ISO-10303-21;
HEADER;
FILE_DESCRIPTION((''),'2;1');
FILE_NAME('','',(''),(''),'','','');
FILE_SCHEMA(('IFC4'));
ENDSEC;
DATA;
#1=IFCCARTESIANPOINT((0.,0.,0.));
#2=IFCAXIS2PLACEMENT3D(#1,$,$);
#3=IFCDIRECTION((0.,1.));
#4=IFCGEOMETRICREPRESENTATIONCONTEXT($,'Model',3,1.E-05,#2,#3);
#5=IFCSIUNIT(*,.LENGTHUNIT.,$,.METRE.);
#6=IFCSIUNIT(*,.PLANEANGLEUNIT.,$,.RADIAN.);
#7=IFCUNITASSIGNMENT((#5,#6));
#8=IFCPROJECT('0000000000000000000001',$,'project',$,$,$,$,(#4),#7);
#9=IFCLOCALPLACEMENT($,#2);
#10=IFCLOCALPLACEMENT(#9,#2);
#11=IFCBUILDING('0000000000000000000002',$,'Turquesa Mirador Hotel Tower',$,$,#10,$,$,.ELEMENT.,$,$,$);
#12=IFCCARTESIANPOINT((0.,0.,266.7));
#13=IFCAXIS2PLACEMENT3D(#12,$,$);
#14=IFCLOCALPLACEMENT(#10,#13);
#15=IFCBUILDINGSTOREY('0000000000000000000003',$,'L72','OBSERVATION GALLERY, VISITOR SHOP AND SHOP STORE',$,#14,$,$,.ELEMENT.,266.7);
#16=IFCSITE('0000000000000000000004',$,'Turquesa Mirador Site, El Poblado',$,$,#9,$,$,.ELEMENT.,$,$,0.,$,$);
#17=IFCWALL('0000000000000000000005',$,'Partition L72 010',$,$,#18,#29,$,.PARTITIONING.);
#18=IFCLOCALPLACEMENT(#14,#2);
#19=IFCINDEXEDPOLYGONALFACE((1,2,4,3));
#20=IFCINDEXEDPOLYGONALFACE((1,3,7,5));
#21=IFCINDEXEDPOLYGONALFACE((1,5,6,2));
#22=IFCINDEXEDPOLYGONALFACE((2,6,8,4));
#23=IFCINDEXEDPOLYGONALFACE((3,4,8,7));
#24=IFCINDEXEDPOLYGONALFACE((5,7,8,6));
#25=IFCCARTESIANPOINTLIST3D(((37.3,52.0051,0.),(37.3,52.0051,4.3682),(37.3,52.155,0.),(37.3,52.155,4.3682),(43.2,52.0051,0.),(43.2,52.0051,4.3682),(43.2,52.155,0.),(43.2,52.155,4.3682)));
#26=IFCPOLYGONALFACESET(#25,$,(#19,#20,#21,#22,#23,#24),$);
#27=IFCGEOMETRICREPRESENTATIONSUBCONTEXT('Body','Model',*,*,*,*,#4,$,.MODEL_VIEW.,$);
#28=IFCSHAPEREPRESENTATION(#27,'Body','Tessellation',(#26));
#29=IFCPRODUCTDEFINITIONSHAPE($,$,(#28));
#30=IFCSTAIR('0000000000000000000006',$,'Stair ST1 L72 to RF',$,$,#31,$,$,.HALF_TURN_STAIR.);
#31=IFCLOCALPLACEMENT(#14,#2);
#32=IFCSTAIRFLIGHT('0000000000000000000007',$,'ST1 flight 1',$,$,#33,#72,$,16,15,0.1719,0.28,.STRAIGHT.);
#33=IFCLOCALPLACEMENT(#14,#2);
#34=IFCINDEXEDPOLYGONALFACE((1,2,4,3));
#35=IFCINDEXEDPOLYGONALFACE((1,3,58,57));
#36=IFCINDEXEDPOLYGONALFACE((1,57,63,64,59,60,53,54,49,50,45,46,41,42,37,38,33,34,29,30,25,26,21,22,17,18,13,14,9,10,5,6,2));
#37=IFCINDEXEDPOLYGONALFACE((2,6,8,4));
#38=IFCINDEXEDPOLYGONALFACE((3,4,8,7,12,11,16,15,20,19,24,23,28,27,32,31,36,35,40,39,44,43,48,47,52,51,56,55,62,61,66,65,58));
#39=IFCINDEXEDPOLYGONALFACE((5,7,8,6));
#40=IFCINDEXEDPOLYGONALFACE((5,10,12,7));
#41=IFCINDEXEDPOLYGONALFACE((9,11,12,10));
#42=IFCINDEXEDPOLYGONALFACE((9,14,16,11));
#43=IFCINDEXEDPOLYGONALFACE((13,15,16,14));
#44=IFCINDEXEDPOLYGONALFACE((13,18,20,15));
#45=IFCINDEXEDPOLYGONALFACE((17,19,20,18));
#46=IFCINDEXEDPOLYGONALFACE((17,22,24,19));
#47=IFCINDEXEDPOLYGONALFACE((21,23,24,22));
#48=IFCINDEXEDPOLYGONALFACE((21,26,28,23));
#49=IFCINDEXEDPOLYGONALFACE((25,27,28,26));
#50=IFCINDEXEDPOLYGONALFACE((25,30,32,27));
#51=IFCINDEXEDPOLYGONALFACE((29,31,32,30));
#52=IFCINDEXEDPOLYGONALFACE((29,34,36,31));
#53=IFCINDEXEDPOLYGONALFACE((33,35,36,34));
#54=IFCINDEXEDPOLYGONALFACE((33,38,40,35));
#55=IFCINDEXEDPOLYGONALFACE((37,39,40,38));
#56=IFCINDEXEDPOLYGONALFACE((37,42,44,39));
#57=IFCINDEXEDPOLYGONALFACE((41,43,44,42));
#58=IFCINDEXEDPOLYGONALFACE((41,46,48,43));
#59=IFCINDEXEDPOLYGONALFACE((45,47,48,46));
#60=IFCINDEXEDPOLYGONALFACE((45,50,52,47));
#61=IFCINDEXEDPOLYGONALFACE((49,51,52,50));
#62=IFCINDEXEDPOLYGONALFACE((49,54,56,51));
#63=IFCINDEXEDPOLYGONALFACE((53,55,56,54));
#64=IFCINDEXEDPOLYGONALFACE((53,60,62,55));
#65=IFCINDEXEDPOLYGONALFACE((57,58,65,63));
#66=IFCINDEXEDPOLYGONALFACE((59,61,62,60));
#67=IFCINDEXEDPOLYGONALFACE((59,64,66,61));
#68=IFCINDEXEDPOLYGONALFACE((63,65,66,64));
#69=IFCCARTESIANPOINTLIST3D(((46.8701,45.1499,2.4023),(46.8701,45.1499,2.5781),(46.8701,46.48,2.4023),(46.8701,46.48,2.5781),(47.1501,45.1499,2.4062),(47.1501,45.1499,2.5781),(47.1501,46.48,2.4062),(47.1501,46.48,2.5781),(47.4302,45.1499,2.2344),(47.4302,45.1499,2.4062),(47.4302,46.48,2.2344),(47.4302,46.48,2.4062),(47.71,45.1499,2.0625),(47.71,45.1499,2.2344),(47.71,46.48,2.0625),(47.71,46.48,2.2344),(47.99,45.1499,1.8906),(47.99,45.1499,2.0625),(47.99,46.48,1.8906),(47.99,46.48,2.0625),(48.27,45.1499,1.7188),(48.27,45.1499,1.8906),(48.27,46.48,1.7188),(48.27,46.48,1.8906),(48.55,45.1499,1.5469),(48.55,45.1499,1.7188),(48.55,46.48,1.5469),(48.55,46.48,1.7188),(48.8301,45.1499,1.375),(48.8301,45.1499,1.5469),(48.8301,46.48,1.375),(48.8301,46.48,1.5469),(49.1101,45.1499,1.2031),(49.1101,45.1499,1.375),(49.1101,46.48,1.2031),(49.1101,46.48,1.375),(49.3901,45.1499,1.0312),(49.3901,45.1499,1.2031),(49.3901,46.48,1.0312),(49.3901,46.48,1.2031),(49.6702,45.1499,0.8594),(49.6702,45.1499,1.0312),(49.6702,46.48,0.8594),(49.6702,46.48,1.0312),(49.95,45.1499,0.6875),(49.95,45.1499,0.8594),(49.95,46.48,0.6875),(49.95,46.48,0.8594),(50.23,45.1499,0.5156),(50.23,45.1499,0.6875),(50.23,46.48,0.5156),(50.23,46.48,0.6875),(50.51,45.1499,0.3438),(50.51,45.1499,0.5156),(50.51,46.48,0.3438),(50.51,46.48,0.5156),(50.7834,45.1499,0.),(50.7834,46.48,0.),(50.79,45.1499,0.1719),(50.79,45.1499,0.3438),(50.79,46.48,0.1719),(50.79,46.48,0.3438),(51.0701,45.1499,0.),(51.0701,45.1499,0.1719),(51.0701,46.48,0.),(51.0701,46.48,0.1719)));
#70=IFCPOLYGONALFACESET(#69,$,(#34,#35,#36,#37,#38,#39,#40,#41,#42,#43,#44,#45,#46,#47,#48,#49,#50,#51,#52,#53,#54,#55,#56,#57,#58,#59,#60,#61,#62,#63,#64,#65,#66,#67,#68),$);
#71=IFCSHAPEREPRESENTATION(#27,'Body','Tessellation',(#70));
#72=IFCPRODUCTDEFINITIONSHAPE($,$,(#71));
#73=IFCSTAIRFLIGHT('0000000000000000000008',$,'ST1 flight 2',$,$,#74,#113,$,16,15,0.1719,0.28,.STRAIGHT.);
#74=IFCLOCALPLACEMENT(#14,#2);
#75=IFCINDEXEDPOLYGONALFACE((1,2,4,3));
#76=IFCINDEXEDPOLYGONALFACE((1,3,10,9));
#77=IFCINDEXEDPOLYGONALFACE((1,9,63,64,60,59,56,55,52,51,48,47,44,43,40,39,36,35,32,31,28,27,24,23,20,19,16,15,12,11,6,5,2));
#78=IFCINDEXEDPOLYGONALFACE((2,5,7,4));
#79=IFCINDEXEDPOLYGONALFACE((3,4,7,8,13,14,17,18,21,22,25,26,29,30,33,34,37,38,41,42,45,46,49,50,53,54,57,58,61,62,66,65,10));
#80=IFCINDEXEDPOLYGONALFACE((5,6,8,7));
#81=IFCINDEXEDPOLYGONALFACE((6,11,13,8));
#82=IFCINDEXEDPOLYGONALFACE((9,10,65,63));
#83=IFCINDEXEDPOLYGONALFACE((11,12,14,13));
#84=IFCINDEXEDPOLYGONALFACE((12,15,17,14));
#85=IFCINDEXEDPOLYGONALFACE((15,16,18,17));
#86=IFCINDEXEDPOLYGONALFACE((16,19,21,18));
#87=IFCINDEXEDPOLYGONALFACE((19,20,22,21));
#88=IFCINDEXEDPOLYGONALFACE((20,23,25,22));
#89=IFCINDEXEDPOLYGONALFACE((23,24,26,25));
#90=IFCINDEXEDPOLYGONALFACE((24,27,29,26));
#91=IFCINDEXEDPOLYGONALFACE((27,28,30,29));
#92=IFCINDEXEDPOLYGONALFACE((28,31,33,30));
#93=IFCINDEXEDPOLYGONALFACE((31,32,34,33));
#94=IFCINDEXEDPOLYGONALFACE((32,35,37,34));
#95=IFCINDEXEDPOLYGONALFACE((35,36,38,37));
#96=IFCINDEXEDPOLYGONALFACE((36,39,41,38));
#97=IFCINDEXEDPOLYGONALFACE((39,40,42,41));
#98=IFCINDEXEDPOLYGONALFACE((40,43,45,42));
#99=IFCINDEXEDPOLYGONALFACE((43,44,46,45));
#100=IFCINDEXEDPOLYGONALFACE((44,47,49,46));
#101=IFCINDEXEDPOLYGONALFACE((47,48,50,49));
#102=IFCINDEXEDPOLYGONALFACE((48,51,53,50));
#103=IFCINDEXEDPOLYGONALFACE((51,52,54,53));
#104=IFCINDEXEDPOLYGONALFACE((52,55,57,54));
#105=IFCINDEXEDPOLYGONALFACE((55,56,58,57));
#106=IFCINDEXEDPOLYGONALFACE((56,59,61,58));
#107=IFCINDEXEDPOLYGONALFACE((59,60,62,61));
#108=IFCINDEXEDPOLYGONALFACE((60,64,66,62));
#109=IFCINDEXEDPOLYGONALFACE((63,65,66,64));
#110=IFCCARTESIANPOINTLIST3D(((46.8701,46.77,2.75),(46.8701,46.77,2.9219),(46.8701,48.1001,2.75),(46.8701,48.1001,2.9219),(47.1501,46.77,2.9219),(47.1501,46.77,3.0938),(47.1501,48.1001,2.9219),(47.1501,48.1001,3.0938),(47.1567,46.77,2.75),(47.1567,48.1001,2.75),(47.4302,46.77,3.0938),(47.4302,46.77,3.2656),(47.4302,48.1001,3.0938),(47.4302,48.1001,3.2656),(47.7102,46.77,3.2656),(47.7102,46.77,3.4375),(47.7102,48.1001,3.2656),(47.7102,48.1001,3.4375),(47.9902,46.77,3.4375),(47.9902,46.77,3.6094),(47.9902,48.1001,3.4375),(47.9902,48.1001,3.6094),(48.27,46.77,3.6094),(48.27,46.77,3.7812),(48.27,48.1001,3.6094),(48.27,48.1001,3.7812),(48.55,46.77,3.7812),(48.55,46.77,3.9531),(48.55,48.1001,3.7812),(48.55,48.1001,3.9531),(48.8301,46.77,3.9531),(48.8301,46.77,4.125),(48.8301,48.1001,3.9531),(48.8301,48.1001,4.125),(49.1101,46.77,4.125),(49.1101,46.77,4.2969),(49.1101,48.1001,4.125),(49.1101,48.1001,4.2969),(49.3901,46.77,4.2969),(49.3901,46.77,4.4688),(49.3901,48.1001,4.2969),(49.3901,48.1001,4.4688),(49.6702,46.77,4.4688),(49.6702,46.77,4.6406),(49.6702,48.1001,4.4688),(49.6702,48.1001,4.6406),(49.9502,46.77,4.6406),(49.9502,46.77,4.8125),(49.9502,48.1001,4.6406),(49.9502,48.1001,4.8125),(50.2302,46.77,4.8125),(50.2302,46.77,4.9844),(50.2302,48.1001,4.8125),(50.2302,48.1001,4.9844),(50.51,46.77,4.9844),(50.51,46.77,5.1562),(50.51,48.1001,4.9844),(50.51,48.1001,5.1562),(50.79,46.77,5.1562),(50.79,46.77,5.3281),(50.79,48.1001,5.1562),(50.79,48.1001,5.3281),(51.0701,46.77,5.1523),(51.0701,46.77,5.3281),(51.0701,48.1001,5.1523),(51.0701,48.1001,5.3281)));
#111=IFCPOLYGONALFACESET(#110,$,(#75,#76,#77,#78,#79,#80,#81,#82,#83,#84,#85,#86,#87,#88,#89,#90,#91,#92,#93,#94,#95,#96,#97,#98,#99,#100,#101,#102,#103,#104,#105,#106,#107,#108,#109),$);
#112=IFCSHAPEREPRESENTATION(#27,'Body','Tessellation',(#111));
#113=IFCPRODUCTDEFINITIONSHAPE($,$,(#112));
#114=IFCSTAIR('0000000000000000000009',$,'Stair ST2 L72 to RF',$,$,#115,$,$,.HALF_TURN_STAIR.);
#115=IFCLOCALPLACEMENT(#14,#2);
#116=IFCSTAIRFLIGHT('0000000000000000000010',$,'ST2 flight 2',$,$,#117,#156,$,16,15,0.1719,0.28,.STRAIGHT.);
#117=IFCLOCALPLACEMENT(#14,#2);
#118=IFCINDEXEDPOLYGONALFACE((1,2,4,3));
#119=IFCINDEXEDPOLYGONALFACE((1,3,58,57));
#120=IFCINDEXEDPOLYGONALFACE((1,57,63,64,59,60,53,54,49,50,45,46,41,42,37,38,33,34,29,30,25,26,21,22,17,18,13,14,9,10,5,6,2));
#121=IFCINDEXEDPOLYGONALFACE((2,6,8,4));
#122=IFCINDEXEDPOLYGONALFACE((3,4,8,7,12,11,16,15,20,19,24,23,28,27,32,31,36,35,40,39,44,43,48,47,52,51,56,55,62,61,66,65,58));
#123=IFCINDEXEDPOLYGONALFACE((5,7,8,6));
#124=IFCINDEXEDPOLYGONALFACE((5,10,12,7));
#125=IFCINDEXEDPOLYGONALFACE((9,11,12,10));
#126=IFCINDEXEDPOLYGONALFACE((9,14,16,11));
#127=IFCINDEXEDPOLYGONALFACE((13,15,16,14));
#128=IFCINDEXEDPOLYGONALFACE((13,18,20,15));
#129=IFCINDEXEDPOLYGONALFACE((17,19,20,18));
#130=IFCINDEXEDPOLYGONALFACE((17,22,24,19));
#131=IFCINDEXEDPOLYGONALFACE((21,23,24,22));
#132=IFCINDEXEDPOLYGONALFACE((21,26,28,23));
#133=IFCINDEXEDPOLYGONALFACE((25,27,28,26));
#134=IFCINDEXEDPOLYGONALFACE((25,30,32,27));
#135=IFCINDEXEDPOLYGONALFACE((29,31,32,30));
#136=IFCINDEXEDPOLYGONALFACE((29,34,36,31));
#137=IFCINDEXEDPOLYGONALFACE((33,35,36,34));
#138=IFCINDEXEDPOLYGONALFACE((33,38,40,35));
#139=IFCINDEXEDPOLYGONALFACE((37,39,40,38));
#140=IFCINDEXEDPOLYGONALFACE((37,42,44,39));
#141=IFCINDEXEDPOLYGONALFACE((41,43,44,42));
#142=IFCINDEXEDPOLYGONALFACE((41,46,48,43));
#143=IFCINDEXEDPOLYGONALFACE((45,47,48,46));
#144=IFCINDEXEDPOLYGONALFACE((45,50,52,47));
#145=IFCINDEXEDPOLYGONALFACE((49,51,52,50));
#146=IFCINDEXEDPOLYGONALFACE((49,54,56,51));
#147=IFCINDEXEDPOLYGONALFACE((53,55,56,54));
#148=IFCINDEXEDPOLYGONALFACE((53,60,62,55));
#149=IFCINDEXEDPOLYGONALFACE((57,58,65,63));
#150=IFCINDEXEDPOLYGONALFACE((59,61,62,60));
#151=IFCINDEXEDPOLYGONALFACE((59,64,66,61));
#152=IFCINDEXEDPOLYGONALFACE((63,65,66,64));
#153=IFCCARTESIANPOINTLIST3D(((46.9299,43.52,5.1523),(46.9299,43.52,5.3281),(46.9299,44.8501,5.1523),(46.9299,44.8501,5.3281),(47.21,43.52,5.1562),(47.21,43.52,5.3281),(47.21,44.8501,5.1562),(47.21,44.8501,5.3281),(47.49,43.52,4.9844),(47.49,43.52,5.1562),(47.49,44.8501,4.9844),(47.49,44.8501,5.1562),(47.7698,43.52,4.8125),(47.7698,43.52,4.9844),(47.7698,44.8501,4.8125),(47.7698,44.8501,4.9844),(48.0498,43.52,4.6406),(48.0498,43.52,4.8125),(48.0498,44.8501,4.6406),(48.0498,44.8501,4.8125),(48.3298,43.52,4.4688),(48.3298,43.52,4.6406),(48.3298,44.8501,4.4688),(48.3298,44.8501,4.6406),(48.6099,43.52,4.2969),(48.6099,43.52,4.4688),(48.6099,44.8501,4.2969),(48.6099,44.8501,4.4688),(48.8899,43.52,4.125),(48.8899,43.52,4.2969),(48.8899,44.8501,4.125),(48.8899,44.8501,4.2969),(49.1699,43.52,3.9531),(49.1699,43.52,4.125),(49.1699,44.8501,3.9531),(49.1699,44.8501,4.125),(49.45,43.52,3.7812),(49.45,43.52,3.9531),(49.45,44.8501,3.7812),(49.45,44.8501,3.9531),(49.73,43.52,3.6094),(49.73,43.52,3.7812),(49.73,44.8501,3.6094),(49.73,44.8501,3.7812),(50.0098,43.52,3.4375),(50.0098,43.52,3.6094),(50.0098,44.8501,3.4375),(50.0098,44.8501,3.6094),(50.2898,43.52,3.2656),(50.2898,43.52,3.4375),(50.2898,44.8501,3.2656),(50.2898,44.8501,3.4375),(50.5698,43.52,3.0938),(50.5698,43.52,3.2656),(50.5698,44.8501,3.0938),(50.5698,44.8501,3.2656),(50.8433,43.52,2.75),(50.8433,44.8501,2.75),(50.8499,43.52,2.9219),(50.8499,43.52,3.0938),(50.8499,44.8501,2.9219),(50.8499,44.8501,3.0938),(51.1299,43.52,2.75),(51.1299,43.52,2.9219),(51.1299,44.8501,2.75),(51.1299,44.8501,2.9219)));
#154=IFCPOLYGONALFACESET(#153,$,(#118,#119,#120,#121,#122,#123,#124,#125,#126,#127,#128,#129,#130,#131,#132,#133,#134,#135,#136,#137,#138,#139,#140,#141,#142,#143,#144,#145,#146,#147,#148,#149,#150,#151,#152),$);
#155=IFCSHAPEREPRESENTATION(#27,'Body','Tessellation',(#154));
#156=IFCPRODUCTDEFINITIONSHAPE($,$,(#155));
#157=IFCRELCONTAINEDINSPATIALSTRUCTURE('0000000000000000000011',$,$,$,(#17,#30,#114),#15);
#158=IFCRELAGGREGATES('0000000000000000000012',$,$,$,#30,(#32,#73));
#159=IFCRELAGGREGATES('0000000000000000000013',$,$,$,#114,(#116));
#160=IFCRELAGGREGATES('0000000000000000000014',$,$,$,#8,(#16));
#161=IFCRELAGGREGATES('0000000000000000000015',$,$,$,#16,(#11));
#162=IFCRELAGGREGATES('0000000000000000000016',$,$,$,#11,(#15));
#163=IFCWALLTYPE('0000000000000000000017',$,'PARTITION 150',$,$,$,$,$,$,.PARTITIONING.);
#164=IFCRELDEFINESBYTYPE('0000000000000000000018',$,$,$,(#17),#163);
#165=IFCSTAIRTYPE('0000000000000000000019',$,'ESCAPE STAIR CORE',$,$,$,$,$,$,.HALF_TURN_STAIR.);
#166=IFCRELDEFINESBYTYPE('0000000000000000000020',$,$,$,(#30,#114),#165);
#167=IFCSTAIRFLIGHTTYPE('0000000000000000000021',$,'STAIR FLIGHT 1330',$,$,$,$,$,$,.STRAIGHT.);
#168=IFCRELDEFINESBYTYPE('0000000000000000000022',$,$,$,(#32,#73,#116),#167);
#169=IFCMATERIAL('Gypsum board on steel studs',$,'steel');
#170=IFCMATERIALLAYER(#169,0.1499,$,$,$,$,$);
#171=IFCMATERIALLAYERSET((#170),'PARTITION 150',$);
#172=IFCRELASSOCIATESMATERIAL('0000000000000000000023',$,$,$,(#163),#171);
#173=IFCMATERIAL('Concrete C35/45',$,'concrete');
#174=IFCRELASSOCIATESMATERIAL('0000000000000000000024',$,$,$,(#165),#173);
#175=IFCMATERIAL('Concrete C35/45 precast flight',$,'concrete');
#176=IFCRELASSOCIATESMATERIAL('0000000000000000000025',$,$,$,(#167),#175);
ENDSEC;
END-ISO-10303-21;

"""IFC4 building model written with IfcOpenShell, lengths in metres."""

from ifc_helpers import new_model, si_unit, direction, frame, frame_2d, origin, place, context, subcontext, project, spatial, polyline, rectangle, outline, extrude, material, layer, layer_set, type_object, element, aggregate, save


model = new_model("IFC4")

# Units and contexts
model_context = context("Model", 3, precision=1e-05, world=origin(), true_north=direction((0.0, 1.0)))
body_context = subcontext(model_context, "Body", "Model", "MODEL_VIEW")
ifc_project = project(units=[si_unit("LENGTHUNIT", "METRE"), si_unit("PLANEANGLEUNIT", "RADIAN")], contexts=[model_context])

# Site, building, storey
site_placement = place(None, origin())
site = spatial("IfcSite", under=ifc_project, at=site_placement, Name="Turquesa Mirador Site, El Poblado", CompositionType="ELEMENT", RefElevation=0.0)
building_placement = place(site_placement, origin())
building = spatial("IfcBuilding", under=site, at=building_placement, Name="Turquesa Mirador Hotel Tower", CompositionType="ELEMENT")
storey_placement = place(building_placement, frame((0.0, 0.0, 266.7)))
storey = spatial("IfcBuildingStorey", under=building, at=storey_placement, Name="L72", Description="OBSERVATION GALLERY, VISITOR SHOP AND SHOP STORE", CompositionType="ELEMENT", Elevation=266.7)

# Wall
ifc_material_1 = material(Name="Gypsum board on steel studs", Category="steel")
ifc_layer_1 = layer(ifc_material_1, 0.1499)
ifc_layer_set_1 = layer_set([ifc_layer_1], Name="PARTITION 150")
wall_type_1 = type_object("IfcWallType", Name="PARTITION 150", PredefinedType="PARTITIONING", material=ifc_layer_set_1)
for number, where, z_axis, x_axis, name in (
    (1, (37.3, 52.0801, 0.0), (0.0, 0.0, 1.0), (1.0, 0.0, 0.0), "Partition L72 010"),
):
    element("IfcWall", number, at=place(storey_placement, frame(where, z_axis=z_axis, x_axis=x_axis)), inside=storey, type_object=wall_type_1, Name=name, PredefinedType="PARTITIONING", context=body_context, shape_type="SweptSolid", body=[
        extrude(rectangle(XDim=5.8999, YDim=0.1499, at=frame_2d((2.95, 0.0))), origin(), (0.0, 0.0, 1.0), 4.3682),
    ])

# Stair, stair flights
ifc_material_2 = material(Name="Concrete C35/45", Category="concrete")
stair_type = type_object("IfcStairType", Name="ESCAPE STAIR CORE", PredefinedType="HALF_TURN_STAIR", material=ifc_material_2)
stair_1_placement = place(storey_placement, origin())
stair_1 = element("IfcStair", 2, at=stair_1_placement, inside=storey, type_object=stair_type, Name="Stair ST1 L72 to RF", PredefinedType="HALF_TURN_STAIR")
ifc_material_3 = material(Name="Concrete C35/45 precast flight", Category="concrete")
stair_flight_type = type_object("IfcStairFlightType", Name="STAIR FLIGHT 1330", PredefinedType="STRAIGHT", material=ifc_material_3)
stair_flight_1_placement = place(storey_placement, frame((51.0701, 45.8149, 0.0), z_axis=(0.0, 0.0, 1.0), x_axis=(-1.0, 0.0, 0.0)))
stair_flight_1 = element("IfcStairFlight", 3, at=stair_flight_1_placement, type_object=stair_flight_type, Name="ST1 flight 1", NumberOfRisers=16, NumberOfTreads=15, PredefinedType="STRAIGHT", RiserHeight=0.1719, TreadLength=0.28, context=body_context, shape_type="SweptSolid", body=[
    extrude(outline(polyline([(0.0, 0.0), (0.0, 0.1719), (0.28, 0.1719), (0.28, 0.3438), (0.5601, 0.3438), (0.5601, 0.5156), (0.8401, 0.5156), (0.8401, 0.6875), (1.1201, 0.6875), (1.1201, 0.8594), (1.3999, 0.8594), (1.3999, 1.0312), (1.6799, 1.0312), (1.6799, 1.2031), (1.96, 1.2031), (1.96, 1.375), (2.24, 1.375), (2.24, 1.5469), (2.52, 1.5469), (2.52, 1.7188), (2.8, 1.7188), (2.8, 1.8906), (3.0801, 1.8906), (3.0801, 2.0625), (3.3601, 2.0625), (3.3601, 2.2344), (3.6399, 2.2344), (3.6399, 2.4062), (3.9199, 2.4062), (3.9199, 2.5781), (4.2, 2.5781), (4.2, 2.75), (4.2, 2.4023), (0.2866, 0.0), (0.0, 0.0)])), frame((0.0, 0.665, 0.0), z_axis=(0.0, -1.0, 0.0), x_axis=(1.0, 0.0, 0.0)), (0.0, 0.0, 1.0), 1.3301),
])
stair_flight_2_placement = place(storey_placement, frame((46.8701, 47.4351, 2.75), z_axis=(0.0, 0.0, 1.0), x_axis=(1.0, 0.0, 0.0)))
stair_flight_2 = element("IfcStairFlight", 4, at=stair_flight_2_placement, type_object=stair_flight_type, Name="ST1 flight 2", NumberOfRisers=16, NumberOfTreads=15, PredefinedType="STRAIGHT", RiserHeight=0.1719, TreadLength=0.28, context=body_context, shape_type="SweptSolid", body=[
    extrude(outline(polyline([(0.0, 0.0), (0.0, 0.1719), (0.28, 0.1719), (0.28, 0.3438), (0.5601, 0.3438), (0.5601, 0.5156), (0.8401, 0.5156), (0.8401, 0.6875), (1.1201, 0.6875), (1.1201, 0.8594), (1.3999, 0.8594), (1.3999, 1.0312), (1.6799, 1.0312), (1.6799, 1.2031), (1.96, 1.2031), (1.96, 1.375), (2.24, 1.375), (2.24, 1.5469), (2.52, 1.5469), (2.52, 1.7188), (2.8, 1.7188), (2.8, 1.8906), (3.0801, 1.8906), (3.0801, 2.0625), (3.3601, 2.0625), (3.3601, 2.2344), (3.6399, 2.2344), (3.6399, 2.4062), (3.9199, 2.4062), (3.9199, 2.5781), (4.2, 2.5781), (4.2, 2.75), (4.2, 2.4023), (0.2866, 0.0), (0.0, 0.0)])), frame((0.0, 0.665, 0.0), z_axis=(0.0, -1.0, 0.0), x_axis=(1.0, 0.0, 0.0)), (0.0, 0.0, 1.0), 1.3301),
])
aggregate(stair_1, [stair_flight_1, stair_flight_2])

# Stair, stair flight
stair_2_placement = place(storey_placement, origin())
stair_2 = element("IfcStair", 5, at=stair_2_placement, inside=storey, type_object=stair_type, Name="Stair ST2 L72 to RF", PredefinedType="HALF_TURN_STAIR")
stair_flight_3_placement = place(storey_placement, frame((51.1299, 44.1851, 2.75), z_axis=(0.0, 0.0, 1.0), x_axis=(-1.0, 0.0, 0.0)))
stair_flight_3 = element("IfcStairFlight", 6, at=stair_flight_3_placement, type_object=stair_flight_type, Name="ST2 flight 2", NumberOfRisers=16, NumberOfTreads=15, PredefinedType="STRAIGHT", RiserHeight=0.1719, TreadLength=0.28, context=body_context, shape_type="SweptSolid", body=[
    extrude(outline(polyline([(0.0, 0.0), (0.0, 0.1719), (0.28, 0.1719), (0.28, 0.3438), (0.5601, 0.3438), (0.5601, 0.5156), (0.8401, 0.5156), (0.8401, 0.6875), (1.1201, 0.6875), (1.1201, 0.8594), (1.3999, 0.8594), (1.3999, 1.0312), (1.6799, 1.0312), (1.6799, 1.2031), (1.96, 1.2031), (1.96, 1.375), (2.24, 1.375), (2.24, 1.5469), (2.52, 1.5469), (2.52, 1.7188), (2.8, 1.7188), (2.8, 1.8906), (3.0801, 1.8906), (3.0801, 2.0625), (3.3601, 2.0625), (3.3601, 2.2344), (3.6399, 2.2344), (3.6399, 2.4062), (3.9199, 2.4062), (3.9199, 2.5781), (4.2, 2.5781), (4.2, 2.75), (4.2, 2.4023), (0.2866, 0.0), (0.0, 0.0)])), frame((0.0, 0.665, 0.0), z_axis=(0.0, -1.0, 0.0), x_axis=(1.0, 0.0, 0.0)), (0.0, 0.0, 1.0), 1.3301),
])
aggregate(stair_2, [stair_flight_3])

save(model, "model.ifc")
